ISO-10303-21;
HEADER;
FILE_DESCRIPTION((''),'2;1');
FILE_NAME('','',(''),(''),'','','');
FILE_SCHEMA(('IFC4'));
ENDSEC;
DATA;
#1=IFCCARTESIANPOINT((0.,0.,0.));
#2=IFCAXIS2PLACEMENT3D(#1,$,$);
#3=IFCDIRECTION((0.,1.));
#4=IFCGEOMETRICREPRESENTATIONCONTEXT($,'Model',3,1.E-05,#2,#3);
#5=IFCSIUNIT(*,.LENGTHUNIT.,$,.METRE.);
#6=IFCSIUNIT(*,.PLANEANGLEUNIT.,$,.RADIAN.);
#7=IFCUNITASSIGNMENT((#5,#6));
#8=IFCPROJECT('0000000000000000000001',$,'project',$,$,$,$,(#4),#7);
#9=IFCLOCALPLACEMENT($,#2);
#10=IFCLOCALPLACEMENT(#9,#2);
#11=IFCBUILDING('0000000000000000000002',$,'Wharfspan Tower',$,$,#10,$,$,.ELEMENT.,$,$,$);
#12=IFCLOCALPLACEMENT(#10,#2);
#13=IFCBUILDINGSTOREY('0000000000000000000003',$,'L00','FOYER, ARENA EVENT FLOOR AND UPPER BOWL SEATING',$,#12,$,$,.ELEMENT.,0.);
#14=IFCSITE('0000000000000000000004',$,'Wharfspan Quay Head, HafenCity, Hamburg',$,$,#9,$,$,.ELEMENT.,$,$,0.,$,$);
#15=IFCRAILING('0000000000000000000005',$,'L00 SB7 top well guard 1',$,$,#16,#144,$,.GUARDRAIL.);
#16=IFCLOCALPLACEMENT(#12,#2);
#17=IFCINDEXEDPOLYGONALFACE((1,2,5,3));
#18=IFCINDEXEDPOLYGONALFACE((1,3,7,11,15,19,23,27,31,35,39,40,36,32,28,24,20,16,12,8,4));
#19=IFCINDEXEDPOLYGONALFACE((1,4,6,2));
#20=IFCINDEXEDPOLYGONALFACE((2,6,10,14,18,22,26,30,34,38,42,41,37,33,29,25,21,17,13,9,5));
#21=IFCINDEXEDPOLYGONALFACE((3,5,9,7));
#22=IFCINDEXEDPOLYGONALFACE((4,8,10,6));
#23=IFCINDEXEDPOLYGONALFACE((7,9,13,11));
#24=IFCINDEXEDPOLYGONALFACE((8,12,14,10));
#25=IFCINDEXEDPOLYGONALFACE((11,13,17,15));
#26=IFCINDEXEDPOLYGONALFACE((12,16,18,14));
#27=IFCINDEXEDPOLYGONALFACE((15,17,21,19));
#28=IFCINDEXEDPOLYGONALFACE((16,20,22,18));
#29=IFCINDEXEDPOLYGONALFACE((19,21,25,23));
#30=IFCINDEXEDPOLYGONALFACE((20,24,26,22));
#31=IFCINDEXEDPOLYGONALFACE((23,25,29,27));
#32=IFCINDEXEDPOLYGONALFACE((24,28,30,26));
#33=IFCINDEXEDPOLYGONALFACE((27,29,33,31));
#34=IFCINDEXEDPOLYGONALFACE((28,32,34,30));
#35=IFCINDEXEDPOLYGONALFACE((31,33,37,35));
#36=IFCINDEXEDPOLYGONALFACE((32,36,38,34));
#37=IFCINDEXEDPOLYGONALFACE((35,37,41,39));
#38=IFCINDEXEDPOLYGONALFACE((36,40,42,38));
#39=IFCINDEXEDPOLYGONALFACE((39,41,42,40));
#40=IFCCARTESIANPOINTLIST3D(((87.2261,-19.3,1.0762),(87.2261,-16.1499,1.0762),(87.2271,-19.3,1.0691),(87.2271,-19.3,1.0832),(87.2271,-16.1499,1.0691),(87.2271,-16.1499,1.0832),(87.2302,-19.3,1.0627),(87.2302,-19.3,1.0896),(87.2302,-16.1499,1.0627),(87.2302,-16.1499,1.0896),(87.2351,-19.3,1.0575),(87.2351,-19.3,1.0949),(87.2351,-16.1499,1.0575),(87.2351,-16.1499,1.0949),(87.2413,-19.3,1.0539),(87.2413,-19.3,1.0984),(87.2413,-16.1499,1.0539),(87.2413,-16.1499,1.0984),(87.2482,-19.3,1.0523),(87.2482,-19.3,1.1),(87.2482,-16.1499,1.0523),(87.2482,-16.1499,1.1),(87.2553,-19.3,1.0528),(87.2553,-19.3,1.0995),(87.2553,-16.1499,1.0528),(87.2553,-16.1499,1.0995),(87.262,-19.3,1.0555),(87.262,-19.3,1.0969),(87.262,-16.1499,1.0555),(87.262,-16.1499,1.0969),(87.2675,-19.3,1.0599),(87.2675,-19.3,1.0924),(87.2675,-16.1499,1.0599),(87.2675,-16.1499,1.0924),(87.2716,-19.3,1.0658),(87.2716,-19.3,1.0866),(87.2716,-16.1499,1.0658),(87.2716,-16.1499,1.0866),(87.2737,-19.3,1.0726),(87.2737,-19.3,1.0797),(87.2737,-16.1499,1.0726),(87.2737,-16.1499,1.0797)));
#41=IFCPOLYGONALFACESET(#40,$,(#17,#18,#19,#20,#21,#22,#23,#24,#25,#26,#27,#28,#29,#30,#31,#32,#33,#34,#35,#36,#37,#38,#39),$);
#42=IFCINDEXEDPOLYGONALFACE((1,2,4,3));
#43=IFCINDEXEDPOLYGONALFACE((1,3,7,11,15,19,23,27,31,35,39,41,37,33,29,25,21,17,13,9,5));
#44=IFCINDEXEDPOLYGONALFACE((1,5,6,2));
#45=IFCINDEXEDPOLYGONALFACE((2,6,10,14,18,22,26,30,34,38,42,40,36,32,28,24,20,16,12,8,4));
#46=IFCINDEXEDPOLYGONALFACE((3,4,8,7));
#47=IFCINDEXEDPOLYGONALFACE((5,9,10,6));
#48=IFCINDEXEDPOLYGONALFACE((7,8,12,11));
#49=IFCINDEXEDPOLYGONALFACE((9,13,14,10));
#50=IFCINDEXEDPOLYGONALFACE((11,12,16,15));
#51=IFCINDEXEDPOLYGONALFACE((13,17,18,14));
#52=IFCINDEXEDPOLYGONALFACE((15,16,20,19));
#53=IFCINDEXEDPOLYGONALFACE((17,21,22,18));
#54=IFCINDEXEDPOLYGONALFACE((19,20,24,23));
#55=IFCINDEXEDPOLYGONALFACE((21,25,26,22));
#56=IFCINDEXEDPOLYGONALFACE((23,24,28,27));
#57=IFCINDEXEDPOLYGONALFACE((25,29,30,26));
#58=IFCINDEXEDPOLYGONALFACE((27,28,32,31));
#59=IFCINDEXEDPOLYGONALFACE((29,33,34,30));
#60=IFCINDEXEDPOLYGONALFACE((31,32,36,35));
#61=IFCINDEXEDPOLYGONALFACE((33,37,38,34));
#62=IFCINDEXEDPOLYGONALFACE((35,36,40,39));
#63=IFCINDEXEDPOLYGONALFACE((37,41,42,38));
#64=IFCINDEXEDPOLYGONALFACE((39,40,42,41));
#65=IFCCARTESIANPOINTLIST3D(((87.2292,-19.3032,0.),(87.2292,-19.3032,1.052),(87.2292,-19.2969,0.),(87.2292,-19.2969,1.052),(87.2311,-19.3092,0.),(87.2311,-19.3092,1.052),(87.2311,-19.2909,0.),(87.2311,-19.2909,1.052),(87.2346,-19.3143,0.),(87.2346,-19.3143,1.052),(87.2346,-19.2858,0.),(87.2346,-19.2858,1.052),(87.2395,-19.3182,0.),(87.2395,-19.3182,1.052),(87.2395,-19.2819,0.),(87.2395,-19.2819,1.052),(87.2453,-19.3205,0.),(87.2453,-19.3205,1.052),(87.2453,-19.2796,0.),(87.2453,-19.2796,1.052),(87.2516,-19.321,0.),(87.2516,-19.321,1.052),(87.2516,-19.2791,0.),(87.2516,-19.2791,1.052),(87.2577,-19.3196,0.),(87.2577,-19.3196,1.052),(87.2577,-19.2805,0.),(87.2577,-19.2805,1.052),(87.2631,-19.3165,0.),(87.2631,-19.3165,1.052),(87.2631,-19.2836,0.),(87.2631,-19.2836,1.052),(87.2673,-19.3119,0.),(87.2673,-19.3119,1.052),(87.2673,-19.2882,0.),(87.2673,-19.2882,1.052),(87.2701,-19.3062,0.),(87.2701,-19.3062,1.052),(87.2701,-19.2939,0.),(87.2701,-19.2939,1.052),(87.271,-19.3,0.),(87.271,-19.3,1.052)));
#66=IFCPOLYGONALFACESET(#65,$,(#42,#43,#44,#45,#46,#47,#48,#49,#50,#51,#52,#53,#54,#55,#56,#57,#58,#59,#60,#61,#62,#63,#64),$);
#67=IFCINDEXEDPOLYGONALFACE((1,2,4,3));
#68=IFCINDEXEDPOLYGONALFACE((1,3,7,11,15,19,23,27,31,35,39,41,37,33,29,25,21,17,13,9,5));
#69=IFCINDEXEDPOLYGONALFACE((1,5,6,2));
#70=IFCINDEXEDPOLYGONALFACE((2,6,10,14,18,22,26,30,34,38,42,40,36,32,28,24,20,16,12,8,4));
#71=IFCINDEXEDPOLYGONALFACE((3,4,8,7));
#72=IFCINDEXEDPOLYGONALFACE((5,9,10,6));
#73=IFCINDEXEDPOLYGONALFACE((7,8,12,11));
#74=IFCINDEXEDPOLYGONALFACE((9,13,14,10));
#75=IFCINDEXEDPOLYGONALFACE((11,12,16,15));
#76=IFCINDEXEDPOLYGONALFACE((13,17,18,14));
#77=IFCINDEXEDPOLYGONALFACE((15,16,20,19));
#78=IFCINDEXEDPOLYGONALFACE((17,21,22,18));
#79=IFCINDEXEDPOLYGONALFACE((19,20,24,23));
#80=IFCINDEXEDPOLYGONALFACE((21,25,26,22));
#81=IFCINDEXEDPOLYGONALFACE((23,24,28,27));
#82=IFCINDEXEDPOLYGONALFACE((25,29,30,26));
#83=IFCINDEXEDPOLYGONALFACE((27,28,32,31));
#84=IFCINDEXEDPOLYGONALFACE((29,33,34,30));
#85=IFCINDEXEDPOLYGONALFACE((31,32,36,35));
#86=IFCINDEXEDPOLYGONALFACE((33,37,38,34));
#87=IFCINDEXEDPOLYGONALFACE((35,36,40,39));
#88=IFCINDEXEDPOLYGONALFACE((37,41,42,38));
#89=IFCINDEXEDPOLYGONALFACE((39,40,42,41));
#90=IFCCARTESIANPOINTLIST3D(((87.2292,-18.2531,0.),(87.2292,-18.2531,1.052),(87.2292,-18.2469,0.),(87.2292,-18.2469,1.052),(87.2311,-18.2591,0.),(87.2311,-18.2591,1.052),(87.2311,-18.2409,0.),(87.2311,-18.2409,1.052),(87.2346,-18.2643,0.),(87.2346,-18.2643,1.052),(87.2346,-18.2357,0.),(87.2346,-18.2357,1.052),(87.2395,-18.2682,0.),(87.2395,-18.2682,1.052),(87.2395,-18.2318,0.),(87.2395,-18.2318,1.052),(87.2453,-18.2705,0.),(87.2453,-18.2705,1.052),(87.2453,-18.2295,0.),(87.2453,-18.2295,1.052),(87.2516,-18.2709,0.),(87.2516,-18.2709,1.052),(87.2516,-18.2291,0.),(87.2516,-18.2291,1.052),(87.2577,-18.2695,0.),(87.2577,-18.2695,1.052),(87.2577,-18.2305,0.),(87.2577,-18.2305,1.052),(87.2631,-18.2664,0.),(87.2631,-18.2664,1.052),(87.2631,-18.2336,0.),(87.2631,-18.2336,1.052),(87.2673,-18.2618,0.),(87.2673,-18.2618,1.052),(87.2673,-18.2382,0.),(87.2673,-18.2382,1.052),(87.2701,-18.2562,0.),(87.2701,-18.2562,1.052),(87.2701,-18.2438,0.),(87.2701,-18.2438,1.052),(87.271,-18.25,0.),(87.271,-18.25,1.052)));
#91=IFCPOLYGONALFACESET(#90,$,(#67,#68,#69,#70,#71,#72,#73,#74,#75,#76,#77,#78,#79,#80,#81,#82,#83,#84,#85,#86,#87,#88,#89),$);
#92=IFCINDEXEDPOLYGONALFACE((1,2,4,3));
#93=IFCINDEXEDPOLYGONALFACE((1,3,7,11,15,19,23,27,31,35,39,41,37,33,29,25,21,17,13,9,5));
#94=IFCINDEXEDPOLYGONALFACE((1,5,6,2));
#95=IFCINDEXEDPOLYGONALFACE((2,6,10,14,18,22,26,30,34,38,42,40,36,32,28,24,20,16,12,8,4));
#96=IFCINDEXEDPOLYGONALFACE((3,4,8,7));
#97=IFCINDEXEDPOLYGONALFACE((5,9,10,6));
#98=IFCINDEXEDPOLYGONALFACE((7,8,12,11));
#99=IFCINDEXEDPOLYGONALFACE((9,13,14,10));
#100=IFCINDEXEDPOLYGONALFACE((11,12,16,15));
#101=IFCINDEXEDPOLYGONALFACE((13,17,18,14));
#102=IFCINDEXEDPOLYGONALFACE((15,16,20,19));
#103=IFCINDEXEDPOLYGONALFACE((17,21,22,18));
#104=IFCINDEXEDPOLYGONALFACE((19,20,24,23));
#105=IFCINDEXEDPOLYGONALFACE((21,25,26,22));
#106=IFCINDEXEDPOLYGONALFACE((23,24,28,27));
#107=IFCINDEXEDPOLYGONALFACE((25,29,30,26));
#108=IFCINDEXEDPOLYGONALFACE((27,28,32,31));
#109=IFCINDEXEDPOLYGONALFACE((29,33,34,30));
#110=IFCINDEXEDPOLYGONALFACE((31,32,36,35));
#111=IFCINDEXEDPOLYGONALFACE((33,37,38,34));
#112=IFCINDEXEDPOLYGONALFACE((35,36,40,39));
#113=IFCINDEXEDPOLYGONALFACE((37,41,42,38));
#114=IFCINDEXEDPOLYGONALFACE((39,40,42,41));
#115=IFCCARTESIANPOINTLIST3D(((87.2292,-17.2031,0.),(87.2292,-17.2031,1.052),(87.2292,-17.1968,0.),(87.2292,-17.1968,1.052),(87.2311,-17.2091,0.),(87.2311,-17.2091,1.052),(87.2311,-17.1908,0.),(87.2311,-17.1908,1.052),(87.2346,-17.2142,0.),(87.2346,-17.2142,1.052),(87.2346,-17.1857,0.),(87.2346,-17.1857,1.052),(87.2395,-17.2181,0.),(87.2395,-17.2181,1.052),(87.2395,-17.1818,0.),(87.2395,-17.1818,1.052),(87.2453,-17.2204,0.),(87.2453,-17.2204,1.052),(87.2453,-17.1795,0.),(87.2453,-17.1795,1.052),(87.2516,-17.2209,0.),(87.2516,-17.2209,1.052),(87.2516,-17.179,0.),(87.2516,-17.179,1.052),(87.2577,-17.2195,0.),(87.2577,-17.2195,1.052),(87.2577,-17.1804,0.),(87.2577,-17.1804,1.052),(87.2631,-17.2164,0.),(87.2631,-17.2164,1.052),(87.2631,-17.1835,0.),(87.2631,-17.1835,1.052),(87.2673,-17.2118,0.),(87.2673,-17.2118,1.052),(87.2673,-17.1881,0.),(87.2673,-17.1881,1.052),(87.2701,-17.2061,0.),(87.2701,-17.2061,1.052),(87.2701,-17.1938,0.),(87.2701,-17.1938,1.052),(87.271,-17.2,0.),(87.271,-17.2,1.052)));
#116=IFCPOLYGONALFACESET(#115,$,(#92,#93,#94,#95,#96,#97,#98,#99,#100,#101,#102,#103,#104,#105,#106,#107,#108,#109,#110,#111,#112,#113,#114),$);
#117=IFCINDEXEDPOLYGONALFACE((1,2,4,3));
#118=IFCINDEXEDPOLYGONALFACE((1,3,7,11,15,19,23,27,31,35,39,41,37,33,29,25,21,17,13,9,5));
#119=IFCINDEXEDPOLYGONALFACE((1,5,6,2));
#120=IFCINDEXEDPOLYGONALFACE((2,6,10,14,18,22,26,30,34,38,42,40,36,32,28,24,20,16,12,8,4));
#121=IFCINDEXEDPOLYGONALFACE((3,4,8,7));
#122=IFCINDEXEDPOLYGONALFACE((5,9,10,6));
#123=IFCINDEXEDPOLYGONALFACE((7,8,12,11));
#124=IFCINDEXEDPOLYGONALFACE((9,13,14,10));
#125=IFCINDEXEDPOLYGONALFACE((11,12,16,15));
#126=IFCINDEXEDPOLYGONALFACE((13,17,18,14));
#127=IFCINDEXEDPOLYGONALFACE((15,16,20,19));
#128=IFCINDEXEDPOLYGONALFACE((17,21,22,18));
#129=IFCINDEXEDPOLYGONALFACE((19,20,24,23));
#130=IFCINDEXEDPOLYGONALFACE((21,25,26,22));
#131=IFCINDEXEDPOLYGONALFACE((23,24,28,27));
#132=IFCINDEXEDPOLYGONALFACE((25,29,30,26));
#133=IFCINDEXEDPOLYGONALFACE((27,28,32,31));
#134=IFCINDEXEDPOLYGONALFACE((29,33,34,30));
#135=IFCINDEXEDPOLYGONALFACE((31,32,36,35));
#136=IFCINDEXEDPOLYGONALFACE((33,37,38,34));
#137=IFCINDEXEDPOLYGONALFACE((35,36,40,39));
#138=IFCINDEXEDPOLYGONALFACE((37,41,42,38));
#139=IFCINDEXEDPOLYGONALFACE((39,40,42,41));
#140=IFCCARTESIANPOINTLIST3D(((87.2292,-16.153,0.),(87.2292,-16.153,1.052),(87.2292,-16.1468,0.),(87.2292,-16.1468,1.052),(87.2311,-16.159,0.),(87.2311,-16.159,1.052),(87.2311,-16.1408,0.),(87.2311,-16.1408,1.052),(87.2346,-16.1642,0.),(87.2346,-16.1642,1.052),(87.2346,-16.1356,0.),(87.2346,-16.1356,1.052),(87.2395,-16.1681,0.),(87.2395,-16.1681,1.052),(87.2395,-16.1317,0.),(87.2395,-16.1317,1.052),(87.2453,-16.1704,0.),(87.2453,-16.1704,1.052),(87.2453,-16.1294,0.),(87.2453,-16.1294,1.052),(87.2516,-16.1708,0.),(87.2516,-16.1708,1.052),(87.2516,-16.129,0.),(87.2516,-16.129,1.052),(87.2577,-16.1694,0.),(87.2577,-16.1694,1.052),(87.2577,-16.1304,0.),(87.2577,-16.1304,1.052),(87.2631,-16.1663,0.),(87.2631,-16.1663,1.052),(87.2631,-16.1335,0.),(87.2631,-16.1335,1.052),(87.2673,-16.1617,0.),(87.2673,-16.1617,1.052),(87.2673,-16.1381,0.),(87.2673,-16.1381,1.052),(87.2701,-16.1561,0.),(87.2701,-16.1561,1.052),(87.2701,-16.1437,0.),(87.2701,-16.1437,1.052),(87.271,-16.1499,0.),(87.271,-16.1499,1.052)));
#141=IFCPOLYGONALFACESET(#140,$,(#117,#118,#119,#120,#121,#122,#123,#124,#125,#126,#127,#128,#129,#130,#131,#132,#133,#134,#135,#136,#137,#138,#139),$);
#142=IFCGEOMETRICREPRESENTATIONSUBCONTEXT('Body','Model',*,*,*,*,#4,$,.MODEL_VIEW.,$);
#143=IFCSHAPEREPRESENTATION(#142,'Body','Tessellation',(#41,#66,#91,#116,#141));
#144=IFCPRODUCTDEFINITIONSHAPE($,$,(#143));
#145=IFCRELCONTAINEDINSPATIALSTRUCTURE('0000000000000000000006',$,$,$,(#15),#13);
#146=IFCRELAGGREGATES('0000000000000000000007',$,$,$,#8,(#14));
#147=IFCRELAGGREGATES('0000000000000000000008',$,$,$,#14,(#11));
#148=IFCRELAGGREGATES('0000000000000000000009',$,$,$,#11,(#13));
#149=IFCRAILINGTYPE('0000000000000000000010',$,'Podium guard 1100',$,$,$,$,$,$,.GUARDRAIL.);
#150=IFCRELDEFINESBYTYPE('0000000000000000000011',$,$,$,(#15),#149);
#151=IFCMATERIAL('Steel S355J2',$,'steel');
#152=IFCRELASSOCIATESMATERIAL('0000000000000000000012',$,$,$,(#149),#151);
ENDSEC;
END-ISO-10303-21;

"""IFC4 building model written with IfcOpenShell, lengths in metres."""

from ifc_helpers import new_model, si_unit, direction, frame, origin, origin_2d, place, context, subcontext, project, spatial, circle, extrude, material, type_object, element, save


model = new_model("IFC4")

# Units and contexts
model_context = context("Model", 3, precision=1e-05, world=origin(), true_north=direction((0.0, 1.0)))
body_context = subcontext(model_context, "Body", "Model", "MODEL_VIEW")
ifc_project = project(units=[si_unit("LENGTHUNIT", "METRE"), si_unit("PLANEANGLEUNIT", "RADIAN")], contexts=[model_context])

# Site, building, storey
site_placement = place(None, origin())
site = spatial("IfcSite", under=ifc_project, at=site_placement, Name="Wharfspan Quay Head, HafenCity, Hamburg", CompositionType="ELEMENT", RefElevation=0.0)
building_placement = place(site_placement, origin())
building = spatial("IfcBuilding", under=site, at=building_placement, Name="Wharfspan Tower", CompositionType="ELEMENT")
storey_placement = place(building_placement, origin())
storey = spatial("IfcBuildingStorey", under=building, at=storey_placement, Name="L00", Description="FOYER, ARENA EVENT FLOOR AND UPPER BOWL SEATING", CompositionType="ELEMENT", Elevation=0.0)

# Railing
ifc_material_1 = material(Name="Steel S355J2", Category="steel")
railing_type_1 = type_object("IfcRailingType", Name="Podium guard 1100", PredefinedType="GUARDRAIL", material=ifc_material_1)
railing_1_placement = place(storey_placement, frame((87.25, -19.3, 0.0)))
element("IfcRailing", 1, at=railing_1_placement, inside=storey, type_object=railing_type_1, Name="L00 SB7 top well guard 1", PredefinedType="GUARDRAIL", context=body_context, shape_type="SweptSolid", body=[
    extrude(circle(Radius=0.0239, at=origin_2d()), frame((0.0, 0.0, 1.0762), z_axis=(0.0, 1.0, 0.0), x_axis=(-1.0, 0.0, 0.0)), (0.0, 0.0, 1.0), 3.1501),
    extrude(circle(Radius=0.021, at=origin_2d()), origin(), (0.0, 0.0, 1.0), 1.052),
    extrude(circle(Radius=0.021, at=origin_2d()), frame((0.0, 1.05, 0.0)), (0.0, 0.0, 1.0), 1.052),
    extrude(circle(Radius=0.021, at=origin_2d()), frame((0.0, 2.1001, 0.0)), (0.0, 0.0, 1.0), 1.052),
    extrude(circle(Radius=0.021, at=origin_2d()), frame((0.0, 3.1501, 0.0)), (0.0, 0.0, 1.0), 1.052),
])

save(model, "model.ifc")
